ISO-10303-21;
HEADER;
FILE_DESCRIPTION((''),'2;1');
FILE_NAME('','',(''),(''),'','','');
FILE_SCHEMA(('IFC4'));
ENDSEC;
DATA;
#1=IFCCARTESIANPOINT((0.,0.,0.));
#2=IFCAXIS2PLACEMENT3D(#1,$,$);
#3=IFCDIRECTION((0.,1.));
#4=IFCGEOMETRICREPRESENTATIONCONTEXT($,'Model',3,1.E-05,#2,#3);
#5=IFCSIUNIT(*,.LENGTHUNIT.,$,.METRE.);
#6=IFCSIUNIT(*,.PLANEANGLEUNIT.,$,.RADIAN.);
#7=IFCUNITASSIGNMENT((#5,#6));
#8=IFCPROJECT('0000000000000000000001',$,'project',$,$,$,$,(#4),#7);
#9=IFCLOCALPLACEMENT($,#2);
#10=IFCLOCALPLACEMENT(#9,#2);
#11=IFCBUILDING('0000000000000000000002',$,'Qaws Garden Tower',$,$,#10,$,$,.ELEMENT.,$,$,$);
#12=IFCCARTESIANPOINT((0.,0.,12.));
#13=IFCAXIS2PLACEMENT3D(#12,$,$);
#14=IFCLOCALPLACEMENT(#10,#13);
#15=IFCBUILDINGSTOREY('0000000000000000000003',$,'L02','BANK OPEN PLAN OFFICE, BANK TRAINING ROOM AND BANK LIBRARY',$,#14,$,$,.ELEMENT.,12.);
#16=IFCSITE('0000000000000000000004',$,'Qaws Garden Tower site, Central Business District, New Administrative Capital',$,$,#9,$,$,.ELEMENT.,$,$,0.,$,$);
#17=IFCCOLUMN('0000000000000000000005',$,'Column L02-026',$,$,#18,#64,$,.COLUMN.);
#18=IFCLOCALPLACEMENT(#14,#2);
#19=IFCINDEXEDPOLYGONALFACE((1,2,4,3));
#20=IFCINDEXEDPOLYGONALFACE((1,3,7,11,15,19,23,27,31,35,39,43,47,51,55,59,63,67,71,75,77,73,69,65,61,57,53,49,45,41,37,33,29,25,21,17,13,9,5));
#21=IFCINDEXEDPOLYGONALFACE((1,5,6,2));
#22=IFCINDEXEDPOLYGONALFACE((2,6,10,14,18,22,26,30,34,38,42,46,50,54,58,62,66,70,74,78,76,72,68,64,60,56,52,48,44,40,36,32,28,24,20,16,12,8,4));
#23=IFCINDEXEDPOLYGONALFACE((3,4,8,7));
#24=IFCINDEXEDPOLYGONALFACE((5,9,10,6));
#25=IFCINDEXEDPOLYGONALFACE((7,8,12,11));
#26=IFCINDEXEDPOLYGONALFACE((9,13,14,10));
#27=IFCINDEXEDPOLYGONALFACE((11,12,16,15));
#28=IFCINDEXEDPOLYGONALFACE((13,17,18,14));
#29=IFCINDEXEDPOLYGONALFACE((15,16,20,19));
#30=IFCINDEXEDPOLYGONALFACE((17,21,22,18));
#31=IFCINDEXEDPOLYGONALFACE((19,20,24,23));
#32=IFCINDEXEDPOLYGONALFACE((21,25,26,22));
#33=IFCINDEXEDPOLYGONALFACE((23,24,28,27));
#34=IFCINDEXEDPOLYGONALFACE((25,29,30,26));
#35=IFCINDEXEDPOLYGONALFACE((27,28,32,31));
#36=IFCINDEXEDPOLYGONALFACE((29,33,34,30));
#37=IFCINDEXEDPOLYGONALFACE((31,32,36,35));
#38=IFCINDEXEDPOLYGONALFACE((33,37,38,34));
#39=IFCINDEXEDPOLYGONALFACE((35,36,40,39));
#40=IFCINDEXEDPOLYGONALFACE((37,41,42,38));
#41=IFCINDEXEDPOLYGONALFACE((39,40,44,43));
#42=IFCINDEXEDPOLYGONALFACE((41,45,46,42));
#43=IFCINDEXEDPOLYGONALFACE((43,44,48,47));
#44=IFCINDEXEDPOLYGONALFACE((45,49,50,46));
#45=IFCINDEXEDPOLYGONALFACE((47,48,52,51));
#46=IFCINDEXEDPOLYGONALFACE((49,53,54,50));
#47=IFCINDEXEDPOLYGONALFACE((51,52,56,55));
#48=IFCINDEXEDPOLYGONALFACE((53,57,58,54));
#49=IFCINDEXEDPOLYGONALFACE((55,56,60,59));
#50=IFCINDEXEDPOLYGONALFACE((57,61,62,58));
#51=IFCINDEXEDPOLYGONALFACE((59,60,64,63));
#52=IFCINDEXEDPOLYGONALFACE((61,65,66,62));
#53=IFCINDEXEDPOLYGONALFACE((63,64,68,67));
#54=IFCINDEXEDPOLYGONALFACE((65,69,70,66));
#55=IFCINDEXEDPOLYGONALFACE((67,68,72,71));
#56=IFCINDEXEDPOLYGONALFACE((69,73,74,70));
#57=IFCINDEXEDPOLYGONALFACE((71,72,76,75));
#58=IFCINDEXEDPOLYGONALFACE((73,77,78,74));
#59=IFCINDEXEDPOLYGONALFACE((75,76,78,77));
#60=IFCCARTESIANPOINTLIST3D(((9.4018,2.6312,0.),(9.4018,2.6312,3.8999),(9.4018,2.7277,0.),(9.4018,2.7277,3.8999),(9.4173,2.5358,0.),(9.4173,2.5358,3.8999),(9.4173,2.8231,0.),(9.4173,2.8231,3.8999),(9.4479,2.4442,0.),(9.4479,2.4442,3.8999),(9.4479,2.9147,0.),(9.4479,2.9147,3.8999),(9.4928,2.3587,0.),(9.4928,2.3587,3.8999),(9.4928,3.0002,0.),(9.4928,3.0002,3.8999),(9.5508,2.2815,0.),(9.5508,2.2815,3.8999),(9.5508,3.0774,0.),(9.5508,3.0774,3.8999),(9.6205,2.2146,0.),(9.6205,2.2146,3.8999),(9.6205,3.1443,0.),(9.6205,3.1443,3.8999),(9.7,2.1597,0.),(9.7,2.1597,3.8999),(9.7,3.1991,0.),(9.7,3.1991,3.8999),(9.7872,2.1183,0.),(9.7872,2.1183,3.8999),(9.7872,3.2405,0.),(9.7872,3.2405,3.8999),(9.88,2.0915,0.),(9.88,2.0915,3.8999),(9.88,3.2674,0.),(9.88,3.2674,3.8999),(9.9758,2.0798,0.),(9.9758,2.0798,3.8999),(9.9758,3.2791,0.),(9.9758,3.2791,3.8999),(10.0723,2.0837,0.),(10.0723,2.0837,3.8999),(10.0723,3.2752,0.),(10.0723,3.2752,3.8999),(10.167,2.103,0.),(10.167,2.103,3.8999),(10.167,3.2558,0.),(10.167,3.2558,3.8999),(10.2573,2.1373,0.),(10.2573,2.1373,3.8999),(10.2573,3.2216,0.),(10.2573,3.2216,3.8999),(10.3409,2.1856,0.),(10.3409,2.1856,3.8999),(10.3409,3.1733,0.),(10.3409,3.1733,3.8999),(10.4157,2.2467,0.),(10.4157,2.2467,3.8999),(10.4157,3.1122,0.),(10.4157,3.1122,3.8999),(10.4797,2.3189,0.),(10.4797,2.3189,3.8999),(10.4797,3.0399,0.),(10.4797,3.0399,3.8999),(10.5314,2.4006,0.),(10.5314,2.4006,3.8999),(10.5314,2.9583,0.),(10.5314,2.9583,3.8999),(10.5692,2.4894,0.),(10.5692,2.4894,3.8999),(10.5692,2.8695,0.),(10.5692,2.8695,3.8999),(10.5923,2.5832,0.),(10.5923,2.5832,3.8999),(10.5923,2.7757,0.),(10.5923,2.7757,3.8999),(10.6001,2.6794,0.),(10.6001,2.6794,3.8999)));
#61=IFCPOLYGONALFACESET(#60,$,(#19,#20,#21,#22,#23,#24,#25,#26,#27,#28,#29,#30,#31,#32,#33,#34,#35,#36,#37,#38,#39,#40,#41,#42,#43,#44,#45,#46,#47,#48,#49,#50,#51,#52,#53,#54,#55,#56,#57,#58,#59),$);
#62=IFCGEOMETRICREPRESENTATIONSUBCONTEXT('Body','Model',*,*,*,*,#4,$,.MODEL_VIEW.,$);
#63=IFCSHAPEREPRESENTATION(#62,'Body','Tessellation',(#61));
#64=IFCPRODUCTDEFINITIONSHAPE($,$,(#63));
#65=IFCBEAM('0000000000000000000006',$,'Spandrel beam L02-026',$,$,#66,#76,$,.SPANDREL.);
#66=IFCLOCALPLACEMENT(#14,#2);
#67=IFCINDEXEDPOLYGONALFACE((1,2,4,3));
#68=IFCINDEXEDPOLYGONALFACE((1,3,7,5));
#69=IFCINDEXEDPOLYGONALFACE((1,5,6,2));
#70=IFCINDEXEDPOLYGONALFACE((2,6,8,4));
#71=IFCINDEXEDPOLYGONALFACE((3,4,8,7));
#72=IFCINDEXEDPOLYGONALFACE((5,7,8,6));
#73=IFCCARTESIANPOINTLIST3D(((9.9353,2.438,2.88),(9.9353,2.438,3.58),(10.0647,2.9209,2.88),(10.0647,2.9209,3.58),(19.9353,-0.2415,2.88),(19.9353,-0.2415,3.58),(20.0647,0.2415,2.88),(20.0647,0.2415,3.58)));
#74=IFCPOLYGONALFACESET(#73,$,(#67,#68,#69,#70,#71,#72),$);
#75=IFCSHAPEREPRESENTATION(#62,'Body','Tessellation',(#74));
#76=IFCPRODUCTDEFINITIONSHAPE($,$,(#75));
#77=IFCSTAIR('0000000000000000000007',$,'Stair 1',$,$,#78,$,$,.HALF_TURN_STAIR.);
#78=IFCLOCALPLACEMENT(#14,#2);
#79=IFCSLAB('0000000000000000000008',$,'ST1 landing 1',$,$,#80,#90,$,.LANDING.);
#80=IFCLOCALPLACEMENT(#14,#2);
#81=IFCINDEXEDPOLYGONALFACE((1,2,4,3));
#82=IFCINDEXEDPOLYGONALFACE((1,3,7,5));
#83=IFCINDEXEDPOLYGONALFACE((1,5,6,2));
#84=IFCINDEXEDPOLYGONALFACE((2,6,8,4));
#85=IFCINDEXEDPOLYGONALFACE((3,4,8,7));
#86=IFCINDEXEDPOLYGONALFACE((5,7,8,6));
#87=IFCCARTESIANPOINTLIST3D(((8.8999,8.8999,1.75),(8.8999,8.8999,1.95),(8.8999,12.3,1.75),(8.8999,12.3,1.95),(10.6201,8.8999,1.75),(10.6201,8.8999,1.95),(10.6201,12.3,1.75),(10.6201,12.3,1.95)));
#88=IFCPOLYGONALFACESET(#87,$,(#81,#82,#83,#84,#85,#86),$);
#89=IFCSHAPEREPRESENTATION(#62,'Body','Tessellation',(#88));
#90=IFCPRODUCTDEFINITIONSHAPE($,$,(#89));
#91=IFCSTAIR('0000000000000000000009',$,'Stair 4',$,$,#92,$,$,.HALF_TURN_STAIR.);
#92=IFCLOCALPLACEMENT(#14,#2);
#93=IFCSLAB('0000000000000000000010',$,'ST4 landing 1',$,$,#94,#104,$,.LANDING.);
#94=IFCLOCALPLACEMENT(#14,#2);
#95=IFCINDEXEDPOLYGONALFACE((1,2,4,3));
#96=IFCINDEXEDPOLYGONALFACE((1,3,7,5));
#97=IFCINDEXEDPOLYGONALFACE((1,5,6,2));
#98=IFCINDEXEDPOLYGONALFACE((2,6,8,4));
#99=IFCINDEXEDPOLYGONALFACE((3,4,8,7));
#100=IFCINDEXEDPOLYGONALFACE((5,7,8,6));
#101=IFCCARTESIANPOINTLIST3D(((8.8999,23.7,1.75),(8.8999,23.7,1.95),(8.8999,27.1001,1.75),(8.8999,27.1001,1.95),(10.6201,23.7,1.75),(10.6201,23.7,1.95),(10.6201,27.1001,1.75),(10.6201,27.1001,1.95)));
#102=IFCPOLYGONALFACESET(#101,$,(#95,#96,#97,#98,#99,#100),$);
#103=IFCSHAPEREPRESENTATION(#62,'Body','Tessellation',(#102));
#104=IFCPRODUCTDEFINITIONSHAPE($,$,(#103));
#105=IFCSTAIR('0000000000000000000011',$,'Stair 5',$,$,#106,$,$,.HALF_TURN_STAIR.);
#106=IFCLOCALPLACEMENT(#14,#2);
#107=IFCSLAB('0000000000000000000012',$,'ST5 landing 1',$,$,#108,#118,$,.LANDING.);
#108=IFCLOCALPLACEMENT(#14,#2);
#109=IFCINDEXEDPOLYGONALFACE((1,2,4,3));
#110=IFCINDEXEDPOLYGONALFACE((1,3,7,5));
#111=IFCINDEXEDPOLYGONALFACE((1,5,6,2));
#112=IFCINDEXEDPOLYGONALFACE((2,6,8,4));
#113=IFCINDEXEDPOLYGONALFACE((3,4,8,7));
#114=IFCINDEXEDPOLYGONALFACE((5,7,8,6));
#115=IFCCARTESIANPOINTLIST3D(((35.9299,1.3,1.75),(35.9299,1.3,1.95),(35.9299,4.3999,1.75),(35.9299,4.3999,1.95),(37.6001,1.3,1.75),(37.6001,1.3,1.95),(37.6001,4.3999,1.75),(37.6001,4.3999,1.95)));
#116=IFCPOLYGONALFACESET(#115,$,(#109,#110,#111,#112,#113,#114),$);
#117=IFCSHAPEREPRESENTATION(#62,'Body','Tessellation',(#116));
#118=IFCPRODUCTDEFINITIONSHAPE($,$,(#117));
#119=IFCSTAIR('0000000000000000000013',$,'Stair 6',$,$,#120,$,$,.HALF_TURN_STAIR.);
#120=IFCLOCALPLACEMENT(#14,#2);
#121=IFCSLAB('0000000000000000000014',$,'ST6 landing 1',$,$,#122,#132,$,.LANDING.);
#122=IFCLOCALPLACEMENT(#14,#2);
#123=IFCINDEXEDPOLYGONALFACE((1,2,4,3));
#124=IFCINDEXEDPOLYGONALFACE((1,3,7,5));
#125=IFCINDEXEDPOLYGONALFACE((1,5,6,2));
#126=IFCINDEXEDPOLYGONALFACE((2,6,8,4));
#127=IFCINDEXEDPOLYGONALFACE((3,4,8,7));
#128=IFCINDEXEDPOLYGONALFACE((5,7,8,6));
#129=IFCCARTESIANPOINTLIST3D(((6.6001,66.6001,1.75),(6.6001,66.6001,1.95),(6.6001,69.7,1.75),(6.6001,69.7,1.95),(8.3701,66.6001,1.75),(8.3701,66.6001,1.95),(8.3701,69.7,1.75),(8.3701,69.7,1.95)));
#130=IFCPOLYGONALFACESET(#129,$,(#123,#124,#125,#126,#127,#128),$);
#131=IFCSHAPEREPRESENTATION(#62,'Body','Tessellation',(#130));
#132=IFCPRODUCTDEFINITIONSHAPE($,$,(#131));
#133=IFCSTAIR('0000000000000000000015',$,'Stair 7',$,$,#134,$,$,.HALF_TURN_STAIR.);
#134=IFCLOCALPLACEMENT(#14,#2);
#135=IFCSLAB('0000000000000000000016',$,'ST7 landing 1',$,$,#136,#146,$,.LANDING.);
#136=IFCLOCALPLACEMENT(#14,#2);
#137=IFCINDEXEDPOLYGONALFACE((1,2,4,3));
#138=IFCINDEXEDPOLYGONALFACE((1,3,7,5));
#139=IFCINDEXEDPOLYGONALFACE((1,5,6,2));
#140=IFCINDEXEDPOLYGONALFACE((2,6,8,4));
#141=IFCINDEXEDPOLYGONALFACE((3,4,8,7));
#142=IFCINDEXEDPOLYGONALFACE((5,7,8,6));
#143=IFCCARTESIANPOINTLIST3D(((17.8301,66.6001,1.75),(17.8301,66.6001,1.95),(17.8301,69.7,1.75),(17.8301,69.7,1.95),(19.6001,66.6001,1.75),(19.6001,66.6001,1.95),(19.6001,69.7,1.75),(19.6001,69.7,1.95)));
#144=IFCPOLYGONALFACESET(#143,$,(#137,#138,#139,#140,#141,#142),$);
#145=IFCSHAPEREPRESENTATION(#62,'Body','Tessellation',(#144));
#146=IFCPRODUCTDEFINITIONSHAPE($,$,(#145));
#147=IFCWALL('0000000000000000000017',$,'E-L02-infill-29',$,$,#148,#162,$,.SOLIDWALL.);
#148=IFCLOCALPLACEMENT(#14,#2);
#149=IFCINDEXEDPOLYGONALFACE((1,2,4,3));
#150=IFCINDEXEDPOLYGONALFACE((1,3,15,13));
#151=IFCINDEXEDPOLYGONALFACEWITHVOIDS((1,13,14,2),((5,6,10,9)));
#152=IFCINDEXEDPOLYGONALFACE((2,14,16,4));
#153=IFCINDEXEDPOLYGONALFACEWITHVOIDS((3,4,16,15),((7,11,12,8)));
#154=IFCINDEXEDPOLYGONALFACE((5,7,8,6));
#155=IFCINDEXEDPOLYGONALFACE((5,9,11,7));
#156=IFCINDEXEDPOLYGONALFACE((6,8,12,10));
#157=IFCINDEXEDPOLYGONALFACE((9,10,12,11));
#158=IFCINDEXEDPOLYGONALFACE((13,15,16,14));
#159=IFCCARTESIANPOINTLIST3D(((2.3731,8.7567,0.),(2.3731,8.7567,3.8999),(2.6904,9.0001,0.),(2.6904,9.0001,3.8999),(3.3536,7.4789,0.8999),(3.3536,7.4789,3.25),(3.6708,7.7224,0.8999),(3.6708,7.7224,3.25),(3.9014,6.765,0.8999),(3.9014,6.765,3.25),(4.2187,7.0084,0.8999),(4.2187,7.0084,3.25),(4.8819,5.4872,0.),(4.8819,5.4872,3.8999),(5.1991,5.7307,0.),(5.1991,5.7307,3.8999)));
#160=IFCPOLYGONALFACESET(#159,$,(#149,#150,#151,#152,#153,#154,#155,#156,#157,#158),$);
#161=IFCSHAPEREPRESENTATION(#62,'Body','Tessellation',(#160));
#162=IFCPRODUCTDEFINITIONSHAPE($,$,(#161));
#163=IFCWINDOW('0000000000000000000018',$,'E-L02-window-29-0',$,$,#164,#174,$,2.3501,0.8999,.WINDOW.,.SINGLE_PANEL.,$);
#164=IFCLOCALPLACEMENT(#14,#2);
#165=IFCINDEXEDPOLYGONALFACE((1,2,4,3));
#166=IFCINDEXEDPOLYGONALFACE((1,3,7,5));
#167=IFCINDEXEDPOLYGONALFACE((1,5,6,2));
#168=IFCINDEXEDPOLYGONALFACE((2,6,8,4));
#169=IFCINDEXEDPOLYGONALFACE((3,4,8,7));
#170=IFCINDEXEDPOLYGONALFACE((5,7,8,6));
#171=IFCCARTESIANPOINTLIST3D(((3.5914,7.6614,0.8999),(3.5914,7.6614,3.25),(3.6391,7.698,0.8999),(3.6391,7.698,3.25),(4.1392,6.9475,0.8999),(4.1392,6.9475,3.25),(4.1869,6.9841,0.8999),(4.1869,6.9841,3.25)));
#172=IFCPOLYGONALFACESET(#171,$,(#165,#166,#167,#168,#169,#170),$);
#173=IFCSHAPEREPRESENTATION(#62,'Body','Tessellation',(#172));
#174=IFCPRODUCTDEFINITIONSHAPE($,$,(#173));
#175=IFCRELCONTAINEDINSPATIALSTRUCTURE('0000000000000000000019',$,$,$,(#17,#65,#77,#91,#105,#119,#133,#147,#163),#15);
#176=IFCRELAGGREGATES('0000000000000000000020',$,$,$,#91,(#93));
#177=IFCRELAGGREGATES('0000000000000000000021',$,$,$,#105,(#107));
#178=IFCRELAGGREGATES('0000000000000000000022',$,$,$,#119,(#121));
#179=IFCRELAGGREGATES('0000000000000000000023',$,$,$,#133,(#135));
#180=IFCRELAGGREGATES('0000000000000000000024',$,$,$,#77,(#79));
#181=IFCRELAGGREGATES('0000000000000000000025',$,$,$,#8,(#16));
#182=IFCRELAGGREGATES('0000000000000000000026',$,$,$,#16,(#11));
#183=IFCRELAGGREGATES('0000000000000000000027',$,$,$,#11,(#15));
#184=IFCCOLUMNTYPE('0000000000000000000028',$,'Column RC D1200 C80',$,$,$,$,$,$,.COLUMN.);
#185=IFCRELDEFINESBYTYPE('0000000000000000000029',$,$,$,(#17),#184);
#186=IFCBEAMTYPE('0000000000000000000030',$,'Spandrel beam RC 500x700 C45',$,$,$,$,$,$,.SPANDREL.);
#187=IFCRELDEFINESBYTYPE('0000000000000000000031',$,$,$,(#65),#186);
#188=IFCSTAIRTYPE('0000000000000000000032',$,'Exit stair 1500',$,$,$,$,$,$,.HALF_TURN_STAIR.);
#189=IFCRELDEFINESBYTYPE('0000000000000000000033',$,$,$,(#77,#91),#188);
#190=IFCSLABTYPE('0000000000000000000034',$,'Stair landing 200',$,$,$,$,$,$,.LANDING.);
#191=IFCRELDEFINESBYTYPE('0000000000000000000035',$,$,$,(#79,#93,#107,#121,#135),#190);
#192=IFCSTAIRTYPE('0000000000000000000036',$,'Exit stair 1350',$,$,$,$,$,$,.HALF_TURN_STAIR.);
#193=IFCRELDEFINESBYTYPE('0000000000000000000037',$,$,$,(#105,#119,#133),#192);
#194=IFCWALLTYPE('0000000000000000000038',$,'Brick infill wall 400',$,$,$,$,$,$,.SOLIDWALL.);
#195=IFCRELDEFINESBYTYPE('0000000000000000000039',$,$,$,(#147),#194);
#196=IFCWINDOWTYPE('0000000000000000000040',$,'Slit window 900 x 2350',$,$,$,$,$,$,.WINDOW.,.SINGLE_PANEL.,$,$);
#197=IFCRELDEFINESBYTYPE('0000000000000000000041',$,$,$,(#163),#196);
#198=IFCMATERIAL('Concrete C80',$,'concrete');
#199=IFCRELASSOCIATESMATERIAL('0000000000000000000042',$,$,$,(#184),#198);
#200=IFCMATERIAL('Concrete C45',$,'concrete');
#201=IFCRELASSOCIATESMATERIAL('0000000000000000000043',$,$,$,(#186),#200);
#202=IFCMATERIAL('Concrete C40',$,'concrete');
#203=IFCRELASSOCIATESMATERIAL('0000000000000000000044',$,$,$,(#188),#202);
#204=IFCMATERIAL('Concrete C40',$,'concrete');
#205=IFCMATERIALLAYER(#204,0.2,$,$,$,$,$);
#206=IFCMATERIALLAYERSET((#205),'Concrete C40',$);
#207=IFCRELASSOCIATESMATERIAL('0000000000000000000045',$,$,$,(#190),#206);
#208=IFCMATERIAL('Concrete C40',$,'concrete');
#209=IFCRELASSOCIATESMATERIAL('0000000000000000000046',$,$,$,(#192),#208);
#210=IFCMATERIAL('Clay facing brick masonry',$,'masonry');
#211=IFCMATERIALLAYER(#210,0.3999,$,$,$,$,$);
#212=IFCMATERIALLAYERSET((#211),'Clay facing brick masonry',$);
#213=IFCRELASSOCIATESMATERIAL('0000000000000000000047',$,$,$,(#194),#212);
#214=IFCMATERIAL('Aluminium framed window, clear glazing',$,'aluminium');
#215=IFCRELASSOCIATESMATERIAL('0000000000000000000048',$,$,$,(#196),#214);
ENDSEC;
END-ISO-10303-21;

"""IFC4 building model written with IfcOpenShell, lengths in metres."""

from ifc_helpers import new_model, si_unit, direction, frame, frame_2d, origin, origin_2d, place, context, subcontext, project, spatial, polyline, rectangle, circle, outline, extrude, material, layer, layer_set, material_profile, profile_set, type_object, element, fill, aggregate, save


model = new_model("IFC4")

# Units and contexts
model_context = context("Model", 3, precision=1e-05, world=origin(), true_north=direction((0.0, 1.0)))
body_context = subcontext(model_context, "Body", "Model", "MODEL_VIEW")
ifc_project = project(units=[si_unit("LENGTHUNIT", "METRE"), si_unit("PLANEANGLEUNIT", "RADIAN")], contexts=[model_context])

# Site, building, storey
site_placement = place(None, origin())
site = spatial("IfcSite", under=ifc_project, at=site_placement, Name="Qaws Garden Tower site, Central Business District, New Administrative Capital", CompositionType="ELEMENT", RefElevation=0.0)
building_placement = place(site_placement, origin())
building = spatial("IfcBuilding", under=site, at=building_placement, Name="Qaws Garden Tower", CompositionType="ELEMENT")
storey_placement = place(building_placement, frame((0.0, 0.0, 12.0)))
storey = spatial("IfcBuildingStorey", under=building, at=storey_placement, Name="L02", Description="BANK OPEN PLAN OFFICE, BANK TRAINING ROOM AND BANK LIBRARY", CompositionType="ELEMENT", Elevation=12.0)

# Column
ifc_material_1 = material(Name="Concrete C80", Category="concrete")
ifc_material_profile_1 = material_profile(ifc_material_1, circle(Radius=0.6001, at=origin_2d()), Name="RC D1200")
ifc_profile_set_1 = profile_set([ifc_material_profile_1], Name="Concrete C80")
column_type = type_object("IfcColumnType", Name="Column RC D1200 C80", PredefinedType="COLUMN", material=ifc_profile_set_1)
column_placement = place(storey_placement, frame((10.0, 2.6794, 0.0), z_axis=(0.0, 0.0, 1.0), x_axis=(1.0, 0.0, 0.0)))
element("IfcColumn", 1, at=column_placement, inside=storey, type_object=column_type, Name="Column L02-026", PredefinedType="COLUMN", context=body_context, shape_type="SweptSolid", body=[
    extrude(circle(Radius=0.6001, at=origin_2d()), origin(), (0.0, 0.0, 1.0), 3.8999),
])

# Beam
ifc_material_2 = material(Name="Concrete C45", Category="concrete")
ifc_material_profile_2 = material_profile(ifc_material_2, rectangle(XDim=0.5, YDim=0.7, at=origin_2d()), Name="RC 500x700")
ifc_profile_set_2 = profile_set([ifc_material_profile_2], Name="Concrete C45")
beam_type = type_object("IfcBeamType", Name="Spandrel beam RC 500x700 C45", PredefinedType="SPANDREL", material=ifc_profile_set_2)
beam_placement = place(storey_placement, frame((10.0, 2.6794, 3.23), z_axis=(0.965927, -0.258815, 0.0), x_axis=(0.258815, 0.965927, 0.0)))
element("IfcBeam", 2, at=beam_placement, inside=storey, type_object=beam_type, Name="Spandrel beam L02-026", PredefinedType="SPANDREL", context=body_context, shape_type="SweptSolid", body=[
    extrude(rectangle(XDim=0.5, YDim=0.7, at=origin_2d()), origin(), (0.0, 0.0, 1.0), 10.3528),
])

# Stairs, slabs
ifc_material_3 = material(Name="Concrete C40", Category="concrete")
stair_type_1 = type_object("IfcStairType", Name="Exit stair 1500", PredefinedType="HALF_TURN_STAIR", material=ifc_material_3)
placement_1 = place(storey_placement, origin())
stair_1 = element("IfcStair", 3, at=placement_1, inside=storey, type_object=stair_type_1, Name="Stair 1", PredefinedType="HALF_TURN_STAIR")
ifc_material_4 = material(Name="Concrete C40", Category="concrete")
ifc_layer_1 = layer(ifc_material_4, 0.2)
ifc_layer_set_1 = layer_set([ifc_layer_1], Name="Concrete C40")
slab_type = type_object("IfcSlabType", Name="Stair landing 200", PredefinedType="LANDING", material=ifc_layer_set_1)
placement_2 = place(storey_placement, frame((0.0, 0.0, 1.75)))
slab_1 = element("IfcSlab", 4, at=placement_2, type_object=slab_type, Name="ST1 landing 1", PredefinedType="LANDING", context=body_context, shape_type="SweptSolid", body=[
    extrude(outline(polyline([(8.8999, 8.8999), (10.6201, 8.8999), (10.6201, 12.3), (8.8999, 12.3), (8.8999, 8.8999)])), origin(), (0.0, 0.0, 1.0), 0.2),
])
stair_2 = element("IfcStair", 5, at=placement_1, inside=storey, type_object=stair_type_1, Name="Stair 4", PredefinedType="HALF_TURN_STAIR")
slab_2 = element("IfcSlab", 6, at=placement_2, type_object=slab_type, Name="ST4 landing 1", PredefinedType="LANDING", context=body_context, shape_type="SweptSolid", body=[
    extrude(outline(polyline([(8.8999, 23.7), (10.6201, 23.7), (10.6201, 27.1001), (8.8999, 27.1001), (8.8999, 23.7)])), origin(), (0.0, 0.0, 1.0), 0.2),
])
aggregate(stair_2, [slab_2])
ifc_material_5 = material(Name="Concrete C40", Category="concrete")
stair_type_2 = type_object("IfcStairType", Name="Exit stair 1350", PredefinedType="HALF_TURN_STAIR", material=ifc_material_5)
stair_3 = element("IfcStair", 7, at=placement_1, inside=storey, type_object=stair_type_2, Name="Stair 5", PredefinedType="HALF_TURN_STAIR")
slab_3 = element("IfcSlab", 8, at=placement_2, type_object=slab_type, Name="ST5 landing 1", PredefinedType="LANDING", context=body_context, shape_type="SweptSolid", body=[
    extrude(outline(polyline([(35.9299, 1.3), (37.6001, 1.3), (37.6001, 4.3999), (35.9299, 4.3999), (35.9299, 1.3)])), origin(), (0.0, 0.0, 1.0), 0.2),
])
aggregate(stair_3, [slab_3])
stair_4 = element("IfcStair", 9, at=placement_1, inside=storey, type_object=stair_type_2, Name="Stair 6", PredefinedType="HALF_TURN_STAIR")
slab_4 = element("IfcSlab", 10, at=placement_2, type_object=slab_type, Name="ST6 landing 1", PredefinedType="LANDING", context=body_context, shape_type="SweptSolid", body=[
    extrude(outline(polyline([(6.6001, 66.6001), (8.3701, 66.6001), (8.3701, 69.7), (6.6001, 69.7), (6.6001, 66.6001)])), origin(), (0.0, 0.0, 1.0), 0.2),
])
aggregate(stair_4, [slab_4])
stair_5 = element("IfcStair", 11, at=placement_1, inside=storey, type_object=stair_type_2, Name="Stair 7", PredefinedType="HALF_TURN_STAIR")
slab_5 = element("IfcSlab", 12, at=placement_2, type_object=slab_type, Name="ST7 landing 1", PredefinedType="LANDING", context=body_context, shape_type="SweptSolid", body=[
    extrude(outline(polyline([(17.8301, 66.6001), (19.6001, 66.6001), (19.6001, 69.7), (17.8301, 69.7), (17.8301, 66.6001)])), origin(), (0.0, 0.0, 1.0), 0.2),
])
aggregate(stair_5, [slab_5])

# Wall, opening, window
ifc_material_6 = material(Name="Clay facing brick masonry", Category="masonry")
ifc_layer_2 = layer(ifc_material_6, 0.3999)
ifc_layer_set_2 = layer_set([ifc_layer_2], Name="Clay facing brick masonry")
wall_type_1 = type_object("IfcWallType", Name="Brick infill wall 400", PredefinedType="SOLIDWALL", material=ifc_layer_set_2)
wall_1_placement = place(storey_placement, frame((2.5317, 8.8784, 0.0), z_axis=(0.0, 0.0, 1.0), x_axis=(0.60876, -0.793355, 0.0)))
wall_1 = element("IfcWall", 13, at=wall_1_placement, inside=storey, type_object=wall_type_1, Name="E-L02-infill-29", PredefinedType="SOLIDWALL", context=body_context, shape_type="SweptSolid", body=[
    extrude(rectangle(XDim=4.1211, YDim=0.3999, at=frame_2d((2.0605, 0.0))), origin(), (0.0, 0.0, 1.0), 3.8999),
])
opening_1_placement = place(wall_1_placement, frame((1.6106, 0.0, 0.8999)))
opening_1 = element("IfcOpeningElement", 14, at=opening_1_placement, cuts=wall_1, PredefinedType="OPENING", context=body_context, shape_type="SweptSolid", body=[
    extrude(rectangle(XDim=0.8999, YDim=2.3501, at=frame_2d((0.45, 1.175))), frame((0.0, 0.21, 0.0), z_axis=(0.0, -1.0, 0.0), x_axis=(1.0, 0.0, 0.0)), (0.0, 0.0, 1.0), 0.4199),
])
ifc_material_7 = material(Name="Aluminium framed window, clear glazing", Category="aluminium")
window_type = type_object("IfcWindowType", Name="Slit window 900 x 2350", PartitioningType="SINGLE_PANEL", PredefinedType="WINDOW", material=ifc_material_7)
window_1_placement = place(opening_1_placement, origin())
window_1 = element("IfcWindow", 15, at=window_1_placement, inside=storey, type_object=window_type, Name="E-L02-window-29-0", OverallHeight=2.3501, OverallWidth=0.8999, PartitioningType="SINGLE_PANEL", PredefinedType="WINDOW", context=body_context, shape_type="SweptSolid", body=[
    extrude(rectangle(XDim=0.8999, YDim=2.3501, at=frame_2d((0.45, 1.175))), frame((0.0, 0.1599, 0.0), z_axis=(0.0, -1.0, 0.0), x_axis=(1.0, 0.0, 0.0)), (0.0, 0.0, 1.0), 0.0601),
])
fill(opening_1, window_1)

aggregate(stair_1, [slab_1])

save(model, "model.ifc")
